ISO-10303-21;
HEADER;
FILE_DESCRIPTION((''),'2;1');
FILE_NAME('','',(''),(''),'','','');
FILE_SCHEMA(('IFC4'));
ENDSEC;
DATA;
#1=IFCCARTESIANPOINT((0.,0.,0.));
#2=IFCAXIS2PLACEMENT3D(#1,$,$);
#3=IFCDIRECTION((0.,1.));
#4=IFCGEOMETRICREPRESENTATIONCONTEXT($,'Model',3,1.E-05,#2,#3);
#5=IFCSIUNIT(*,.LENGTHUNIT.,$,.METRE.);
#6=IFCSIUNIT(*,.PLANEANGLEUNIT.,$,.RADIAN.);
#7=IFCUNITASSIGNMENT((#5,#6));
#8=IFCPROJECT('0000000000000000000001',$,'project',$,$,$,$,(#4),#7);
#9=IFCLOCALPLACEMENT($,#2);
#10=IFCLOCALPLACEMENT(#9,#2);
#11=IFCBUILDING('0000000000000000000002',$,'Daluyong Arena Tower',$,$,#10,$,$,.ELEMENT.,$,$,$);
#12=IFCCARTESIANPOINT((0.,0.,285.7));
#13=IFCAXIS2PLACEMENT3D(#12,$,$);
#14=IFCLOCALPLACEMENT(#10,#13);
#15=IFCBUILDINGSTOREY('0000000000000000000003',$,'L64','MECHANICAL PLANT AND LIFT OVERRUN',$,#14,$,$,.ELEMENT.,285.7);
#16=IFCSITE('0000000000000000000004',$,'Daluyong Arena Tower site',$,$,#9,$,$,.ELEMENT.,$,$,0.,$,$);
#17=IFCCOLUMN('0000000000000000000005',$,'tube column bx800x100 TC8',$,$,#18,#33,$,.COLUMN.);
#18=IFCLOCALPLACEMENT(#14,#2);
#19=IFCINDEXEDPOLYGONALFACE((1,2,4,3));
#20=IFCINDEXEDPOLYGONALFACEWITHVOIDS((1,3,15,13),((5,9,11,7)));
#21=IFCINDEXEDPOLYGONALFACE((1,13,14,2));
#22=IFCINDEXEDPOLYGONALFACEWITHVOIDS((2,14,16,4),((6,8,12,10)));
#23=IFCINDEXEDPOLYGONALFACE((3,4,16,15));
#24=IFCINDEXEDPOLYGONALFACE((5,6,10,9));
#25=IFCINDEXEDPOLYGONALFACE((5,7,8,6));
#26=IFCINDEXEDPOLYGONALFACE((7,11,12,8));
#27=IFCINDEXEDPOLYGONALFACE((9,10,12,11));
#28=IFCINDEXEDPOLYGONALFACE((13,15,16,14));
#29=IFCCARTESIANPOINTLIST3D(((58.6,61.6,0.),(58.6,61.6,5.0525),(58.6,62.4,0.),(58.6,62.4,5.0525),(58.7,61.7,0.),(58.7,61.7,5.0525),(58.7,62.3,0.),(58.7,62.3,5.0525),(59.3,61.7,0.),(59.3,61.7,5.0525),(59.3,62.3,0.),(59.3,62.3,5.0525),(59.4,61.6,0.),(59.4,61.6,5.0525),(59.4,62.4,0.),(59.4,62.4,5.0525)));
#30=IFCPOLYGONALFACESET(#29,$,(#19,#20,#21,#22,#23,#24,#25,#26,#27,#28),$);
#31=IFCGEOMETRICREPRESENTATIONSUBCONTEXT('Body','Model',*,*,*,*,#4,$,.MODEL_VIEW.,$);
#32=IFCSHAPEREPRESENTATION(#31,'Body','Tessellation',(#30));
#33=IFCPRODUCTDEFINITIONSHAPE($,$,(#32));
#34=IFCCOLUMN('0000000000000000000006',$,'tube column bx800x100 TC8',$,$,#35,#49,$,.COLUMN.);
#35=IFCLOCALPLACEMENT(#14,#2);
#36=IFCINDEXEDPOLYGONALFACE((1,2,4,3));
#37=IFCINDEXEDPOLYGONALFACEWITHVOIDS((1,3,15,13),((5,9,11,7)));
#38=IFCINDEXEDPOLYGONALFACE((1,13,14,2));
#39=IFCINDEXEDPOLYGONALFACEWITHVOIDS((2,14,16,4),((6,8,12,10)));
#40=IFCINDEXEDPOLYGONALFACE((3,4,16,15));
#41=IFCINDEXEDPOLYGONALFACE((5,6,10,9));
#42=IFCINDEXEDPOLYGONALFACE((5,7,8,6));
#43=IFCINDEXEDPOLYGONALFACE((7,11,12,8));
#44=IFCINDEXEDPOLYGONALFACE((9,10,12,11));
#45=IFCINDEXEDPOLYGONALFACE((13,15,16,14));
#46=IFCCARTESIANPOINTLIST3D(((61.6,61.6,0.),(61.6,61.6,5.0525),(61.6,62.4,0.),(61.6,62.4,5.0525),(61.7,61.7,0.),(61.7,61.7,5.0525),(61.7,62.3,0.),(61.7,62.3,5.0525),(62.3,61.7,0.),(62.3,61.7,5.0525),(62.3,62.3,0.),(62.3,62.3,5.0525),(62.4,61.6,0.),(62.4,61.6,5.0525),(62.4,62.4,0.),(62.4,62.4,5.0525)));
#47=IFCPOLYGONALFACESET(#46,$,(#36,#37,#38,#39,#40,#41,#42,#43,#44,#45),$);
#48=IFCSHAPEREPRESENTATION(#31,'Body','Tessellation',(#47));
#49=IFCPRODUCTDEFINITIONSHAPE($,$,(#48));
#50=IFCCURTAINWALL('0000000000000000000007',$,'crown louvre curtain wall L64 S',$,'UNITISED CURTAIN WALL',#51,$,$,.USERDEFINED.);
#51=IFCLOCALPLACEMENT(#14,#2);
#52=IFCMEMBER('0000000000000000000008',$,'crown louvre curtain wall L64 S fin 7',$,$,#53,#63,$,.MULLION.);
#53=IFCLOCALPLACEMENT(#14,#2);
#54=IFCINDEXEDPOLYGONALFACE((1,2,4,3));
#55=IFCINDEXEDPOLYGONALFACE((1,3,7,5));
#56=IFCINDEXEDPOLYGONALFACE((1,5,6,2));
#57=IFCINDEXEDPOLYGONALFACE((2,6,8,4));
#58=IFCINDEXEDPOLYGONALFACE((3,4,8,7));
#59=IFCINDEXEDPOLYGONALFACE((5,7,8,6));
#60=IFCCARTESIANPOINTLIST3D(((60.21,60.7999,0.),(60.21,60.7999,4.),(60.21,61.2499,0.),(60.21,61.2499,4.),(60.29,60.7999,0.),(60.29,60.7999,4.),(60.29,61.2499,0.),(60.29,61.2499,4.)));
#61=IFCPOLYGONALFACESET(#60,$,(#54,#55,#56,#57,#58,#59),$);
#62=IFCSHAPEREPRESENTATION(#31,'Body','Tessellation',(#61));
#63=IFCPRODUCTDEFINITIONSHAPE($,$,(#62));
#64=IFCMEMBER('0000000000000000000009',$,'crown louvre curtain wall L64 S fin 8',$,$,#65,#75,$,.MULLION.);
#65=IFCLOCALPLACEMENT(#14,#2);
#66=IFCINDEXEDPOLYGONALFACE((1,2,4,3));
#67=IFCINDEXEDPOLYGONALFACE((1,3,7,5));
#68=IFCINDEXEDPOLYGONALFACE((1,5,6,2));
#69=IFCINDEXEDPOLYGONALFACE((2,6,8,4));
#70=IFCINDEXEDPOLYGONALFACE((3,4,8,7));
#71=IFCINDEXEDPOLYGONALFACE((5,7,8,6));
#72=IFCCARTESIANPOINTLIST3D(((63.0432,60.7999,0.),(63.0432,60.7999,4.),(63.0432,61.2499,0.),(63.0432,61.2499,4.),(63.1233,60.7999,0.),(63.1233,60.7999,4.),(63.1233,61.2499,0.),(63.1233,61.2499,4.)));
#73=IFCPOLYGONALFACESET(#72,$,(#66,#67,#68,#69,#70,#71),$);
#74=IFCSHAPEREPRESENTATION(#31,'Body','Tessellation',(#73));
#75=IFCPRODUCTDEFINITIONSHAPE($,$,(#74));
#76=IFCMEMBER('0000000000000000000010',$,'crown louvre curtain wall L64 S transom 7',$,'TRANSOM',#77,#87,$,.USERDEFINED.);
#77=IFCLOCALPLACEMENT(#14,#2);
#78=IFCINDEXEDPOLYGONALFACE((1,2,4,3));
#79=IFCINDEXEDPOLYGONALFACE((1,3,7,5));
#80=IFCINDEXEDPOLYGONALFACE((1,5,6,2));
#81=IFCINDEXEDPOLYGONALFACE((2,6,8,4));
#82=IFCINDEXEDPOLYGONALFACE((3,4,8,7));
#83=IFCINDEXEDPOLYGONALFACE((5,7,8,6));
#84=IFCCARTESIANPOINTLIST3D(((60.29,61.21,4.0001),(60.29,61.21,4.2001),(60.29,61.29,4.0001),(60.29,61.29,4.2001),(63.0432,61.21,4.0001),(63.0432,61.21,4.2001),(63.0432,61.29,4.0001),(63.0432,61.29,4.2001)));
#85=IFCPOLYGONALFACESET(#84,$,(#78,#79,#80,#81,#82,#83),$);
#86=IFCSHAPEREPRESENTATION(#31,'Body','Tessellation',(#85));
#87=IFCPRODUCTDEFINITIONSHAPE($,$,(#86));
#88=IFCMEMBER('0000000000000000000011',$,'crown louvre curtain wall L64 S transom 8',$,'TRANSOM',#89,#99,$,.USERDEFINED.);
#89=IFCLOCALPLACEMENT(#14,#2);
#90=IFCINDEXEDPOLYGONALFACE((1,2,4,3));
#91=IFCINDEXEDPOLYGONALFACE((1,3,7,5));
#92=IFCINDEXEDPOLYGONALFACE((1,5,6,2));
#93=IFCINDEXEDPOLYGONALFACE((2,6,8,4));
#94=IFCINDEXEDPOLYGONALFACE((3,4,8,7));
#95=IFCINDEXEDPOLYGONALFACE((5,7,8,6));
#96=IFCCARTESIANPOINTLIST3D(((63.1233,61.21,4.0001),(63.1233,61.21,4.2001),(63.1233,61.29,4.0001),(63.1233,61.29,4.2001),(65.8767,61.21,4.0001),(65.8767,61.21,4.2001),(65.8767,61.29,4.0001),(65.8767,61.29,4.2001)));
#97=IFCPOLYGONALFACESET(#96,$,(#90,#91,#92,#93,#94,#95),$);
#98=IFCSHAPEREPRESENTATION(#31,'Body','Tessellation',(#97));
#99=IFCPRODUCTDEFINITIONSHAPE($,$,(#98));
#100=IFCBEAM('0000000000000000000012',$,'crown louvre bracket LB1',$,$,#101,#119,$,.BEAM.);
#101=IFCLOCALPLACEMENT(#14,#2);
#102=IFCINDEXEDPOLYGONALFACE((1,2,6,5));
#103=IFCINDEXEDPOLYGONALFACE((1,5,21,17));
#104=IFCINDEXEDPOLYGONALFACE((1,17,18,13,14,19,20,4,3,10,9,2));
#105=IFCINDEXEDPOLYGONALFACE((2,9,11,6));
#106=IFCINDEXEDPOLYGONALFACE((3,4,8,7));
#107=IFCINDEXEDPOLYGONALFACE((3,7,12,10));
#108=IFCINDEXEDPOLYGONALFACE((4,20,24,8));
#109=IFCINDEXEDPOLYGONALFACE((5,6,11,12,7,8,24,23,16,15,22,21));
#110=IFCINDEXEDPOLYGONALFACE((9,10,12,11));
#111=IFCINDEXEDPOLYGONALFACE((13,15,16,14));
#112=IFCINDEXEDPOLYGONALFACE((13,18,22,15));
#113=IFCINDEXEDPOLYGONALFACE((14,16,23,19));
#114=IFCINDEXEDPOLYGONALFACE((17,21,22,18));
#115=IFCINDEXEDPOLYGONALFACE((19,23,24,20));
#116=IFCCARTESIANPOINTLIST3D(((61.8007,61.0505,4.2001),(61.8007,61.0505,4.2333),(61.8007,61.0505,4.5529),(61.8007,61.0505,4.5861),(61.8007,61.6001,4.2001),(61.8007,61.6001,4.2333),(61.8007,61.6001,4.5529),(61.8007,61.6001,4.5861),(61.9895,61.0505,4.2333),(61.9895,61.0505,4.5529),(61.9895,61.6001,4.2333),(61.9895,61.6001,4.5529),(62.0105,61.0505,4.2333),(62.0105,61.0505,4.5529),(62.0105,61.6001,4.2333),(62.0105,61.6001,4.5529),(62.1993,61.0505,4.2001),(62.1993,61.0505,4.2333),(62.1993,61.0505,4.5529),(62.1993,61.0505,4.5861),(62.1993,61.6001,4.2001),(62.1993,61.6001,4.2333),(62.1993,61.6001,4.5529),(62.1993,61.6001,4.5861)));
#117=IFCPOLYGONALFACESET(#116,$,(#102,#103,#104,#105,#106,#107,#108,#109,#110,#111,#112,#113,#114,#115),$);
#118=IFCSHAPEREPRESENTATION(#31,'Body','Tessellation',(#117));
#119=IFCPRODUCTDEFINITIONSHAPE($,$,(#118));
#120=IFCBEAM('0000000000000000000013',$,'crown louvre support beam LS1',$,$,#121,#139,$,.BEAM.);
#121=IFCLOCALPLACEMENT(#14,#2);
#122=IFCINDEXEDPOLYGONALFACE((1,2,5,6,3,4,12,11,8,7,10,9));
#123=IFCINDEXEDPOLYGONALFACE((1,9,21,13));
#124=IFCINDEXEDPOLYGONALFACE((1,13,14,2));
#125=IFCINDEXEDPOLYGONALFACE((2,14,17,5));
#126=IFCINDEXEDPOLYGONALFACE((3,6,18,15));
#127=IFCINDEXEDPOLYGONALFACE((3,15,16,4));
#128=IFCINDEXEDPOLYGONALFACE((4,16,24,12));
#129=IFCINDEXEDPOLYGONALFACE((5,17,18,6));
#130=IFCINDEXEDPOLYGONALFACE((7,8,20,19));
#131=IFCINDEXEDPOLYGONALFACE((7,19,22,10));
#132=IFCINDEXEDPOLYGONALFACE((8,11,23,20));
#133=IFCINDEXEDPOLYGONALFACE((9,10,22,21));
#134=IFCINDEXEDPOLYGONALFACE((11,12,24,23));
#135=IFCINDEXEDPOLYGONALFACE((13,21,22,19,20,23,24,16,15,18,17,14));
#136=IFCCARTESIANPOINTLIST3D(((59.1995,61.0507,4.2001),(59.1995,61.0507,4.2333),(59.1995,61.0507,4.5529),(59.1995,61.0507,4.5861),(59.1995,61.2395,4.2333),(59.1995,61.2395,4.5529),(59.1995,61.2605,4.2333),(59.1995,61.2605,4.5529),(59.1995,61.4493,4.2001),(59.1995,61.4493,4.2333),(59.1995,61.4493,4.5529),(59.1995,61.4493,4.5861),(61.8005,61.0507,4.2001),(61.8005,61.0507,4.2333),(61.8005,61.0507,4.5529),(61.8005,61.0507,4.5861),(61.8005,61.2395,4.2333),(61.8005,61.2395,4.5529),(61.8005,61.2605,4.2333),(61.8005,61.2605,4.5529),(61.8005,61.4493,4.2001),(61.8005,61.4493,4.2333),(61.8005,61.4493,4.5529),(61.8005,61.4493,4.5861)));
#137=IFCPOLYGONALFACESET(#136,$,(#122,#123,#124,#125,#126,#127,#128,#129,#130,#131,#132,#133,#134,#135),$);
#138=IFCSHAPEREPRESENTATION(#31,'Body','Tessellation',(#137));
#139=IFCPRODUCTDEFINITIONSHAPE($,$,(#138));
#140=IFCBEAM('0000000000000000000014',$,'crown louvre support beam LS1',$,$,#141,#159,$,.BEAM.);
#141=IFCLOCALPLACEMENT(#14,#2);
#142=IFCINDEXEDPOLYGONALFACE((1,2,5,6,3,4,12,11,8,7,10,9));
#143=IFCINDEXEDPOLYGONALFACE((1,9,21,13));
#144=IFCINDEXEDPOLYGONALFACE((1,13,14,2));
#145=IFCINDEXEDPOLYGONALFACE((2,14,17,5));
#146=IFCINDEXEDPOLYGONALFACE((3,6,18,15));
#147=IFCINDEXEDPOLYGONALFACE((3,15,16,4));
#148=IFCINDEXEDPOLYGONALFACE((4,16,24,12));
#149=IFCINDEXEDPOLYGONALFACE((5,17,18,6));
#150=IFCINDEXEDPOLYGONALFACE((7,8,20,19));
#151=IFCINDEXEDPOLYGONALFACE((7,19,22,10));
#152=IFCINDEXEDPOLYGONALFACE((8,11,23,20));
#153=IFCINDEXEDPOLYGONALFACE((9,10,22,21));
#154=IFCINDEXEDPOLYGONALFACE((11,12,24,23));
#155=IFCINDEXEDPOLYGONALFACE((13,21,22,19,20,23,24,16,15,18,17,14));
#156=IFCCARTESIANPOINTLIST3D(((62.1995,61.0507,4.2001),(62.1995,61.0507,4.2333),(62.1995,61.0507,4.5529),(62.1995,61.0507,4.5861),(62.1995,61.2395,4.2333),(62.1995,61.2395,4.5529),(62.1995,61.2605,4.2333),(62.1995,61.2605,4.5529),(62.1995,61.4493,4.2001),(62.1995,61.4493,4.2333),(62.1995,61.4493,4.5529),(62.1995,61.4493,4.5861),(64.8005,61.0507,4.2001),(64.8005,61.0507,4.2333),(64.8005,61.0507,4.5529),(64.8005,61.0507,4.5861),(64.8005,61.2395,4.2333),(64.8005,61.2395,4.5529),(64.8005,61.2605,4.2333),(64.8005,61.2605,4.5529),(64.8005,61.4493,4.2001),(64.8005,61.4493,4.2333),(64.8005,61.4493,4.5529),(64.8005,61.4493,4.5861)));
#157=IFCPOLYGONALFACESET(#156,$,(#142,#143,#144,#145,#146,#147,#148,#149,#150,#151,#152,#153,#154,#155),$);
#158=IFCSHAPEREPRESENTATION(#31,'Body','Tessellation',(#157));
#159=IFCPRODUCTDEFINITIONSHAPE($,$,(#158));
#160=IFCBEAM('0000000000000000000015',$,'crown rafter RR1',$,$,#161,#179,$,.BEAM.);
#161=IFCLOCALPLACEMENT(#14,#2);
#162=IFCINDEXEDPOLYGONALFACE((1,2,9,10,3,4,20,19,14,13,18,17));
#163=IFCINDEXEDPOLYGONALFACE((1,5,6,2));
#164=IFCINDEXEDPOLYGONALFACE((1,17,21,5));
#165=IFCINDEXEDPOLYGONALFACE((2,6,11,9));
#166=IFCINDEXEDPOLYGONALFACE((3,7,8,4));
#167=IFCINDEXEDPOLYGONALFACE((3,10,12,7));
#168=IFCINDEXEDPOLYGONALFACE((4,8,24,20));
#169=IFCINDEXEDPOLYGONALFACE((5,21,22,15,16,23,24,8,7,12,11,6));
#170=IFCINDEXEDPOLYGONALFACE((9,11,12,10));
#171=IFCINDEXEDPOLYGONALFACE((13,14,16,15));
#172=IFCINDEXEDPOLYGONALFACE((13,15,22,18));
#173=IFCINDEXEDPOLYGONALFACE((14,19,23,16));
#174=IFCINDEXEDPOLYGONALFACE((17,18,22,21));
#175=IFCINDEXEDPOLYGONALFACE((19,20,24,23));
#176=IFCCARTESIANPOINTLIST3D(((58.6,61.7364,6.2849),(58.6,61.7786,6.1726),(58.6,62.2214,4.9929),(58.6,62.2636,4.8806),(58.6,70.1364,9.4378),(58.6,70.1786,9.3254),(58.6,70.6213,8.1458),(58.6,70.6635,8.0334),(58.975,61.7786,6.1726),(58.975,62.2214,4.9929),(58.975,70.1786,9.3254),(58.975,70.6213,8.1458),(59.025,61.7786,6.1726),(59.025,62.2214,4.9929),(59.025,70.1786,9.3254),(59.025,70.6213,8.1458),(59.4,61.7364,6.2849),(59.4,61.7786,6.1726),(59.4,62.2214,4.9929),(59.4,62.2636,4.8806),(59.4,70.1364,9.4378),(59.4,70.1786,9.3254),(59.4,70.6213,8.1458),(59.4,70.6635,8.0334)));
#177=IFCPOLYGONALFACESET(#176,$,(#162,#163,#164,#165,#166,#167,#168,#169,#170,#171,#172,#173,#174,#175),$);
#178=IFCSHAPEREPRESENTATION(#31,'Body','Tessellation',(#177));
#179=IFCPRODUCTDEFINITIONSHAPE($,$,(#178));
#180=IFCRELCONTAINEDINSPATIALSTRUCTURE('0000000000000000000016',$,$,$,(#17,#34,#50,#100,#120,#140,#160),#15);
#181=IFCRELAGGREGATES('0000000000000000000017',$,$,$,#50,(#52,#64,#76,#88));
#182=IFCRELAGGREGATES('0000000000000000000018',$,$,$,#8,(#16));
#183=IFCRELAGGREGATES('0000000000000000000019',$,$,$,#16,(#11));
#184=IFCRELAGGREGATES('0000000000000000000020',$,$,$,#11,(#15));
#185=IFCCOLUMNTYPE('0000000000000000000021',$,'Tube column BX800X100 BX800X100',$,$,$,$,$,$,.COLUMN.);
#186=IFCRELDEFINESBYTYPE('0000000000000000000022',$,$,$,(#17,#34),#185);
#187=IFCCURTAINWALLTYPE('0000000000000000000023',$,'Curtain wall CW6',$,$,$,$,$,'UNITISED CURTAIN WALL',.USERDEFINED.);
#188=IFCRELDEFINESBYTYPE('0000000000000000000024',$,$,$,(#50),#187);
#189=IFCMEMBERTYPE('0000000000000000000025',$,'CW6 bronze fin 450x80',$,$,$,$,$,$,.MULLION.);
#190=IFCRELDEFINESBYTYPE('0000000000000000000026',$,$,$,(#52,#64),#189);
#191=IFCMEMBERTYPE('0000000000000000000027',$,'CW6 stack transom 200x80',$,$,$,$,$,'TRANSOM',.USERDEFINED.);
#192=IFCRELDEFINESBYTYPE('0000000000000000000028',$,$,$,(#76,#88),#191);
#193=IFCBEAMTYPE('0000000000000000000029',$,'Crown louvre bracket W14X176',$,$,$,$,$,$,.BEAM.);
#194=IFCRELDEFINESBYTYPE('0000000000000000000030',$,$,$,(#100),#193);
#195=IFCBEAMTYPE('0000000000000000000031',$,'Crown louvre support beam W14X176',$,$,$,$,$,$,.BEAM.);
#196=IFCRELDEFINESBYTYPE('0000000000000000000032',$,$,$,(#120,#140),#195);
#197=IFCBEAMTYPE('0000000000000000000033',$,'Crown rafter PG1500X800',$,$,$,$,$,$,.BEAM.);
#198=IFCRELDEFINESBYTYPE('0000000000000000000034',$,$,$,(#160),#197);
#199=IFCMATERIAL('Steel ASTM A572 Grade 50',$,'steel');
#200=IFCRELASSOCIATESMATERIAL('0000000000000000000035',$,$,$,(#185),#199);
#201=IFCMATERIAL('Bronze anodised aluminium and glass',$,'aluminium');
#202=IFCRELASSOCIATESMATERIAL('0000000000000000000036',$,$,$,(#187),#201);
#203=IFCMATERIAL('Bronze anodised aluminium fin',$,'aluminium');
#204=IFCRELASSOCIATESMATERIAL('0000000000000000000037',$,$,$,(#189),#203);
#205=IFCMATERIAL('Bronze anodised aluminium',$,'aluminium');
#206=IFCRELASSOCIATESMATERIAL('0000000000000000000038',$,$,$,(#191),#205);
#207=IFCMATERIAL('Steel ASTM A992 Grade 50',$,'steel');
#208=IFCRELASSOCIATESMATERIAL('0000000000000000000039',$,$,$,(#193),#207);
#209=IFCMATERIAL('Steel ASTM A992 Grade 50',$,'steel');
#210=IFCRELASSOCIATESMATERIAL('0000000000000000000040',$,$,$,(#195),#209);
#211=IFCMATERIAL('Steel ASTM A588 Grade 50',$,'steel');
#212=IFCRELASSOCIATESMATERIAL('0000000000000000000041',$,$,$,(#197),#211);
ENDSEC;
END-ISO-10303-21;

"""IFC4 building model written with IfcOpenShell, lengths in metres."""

from ifc_helpers import new_model, si_unit, direction, frame, origin, origin_2d, place, context, subcontext, project, spatial, rectangle, hollow_rectangle, i_section, extrude, material, material_profile, profile_set, type_object, element, aggregate, save


model = new_model("IFC4")

# Units and contexts
model_context = context("Model", 3, precision=1e-05, world=origin(), true_north=direction((0.0, 1.0)))
body_context = subcontext(model_context, "Body", "Model", "MODEL_VIEW")
ifc_project = project(units=[si_unit("LENGTHUNIT", "METRE"), si_unit("PLANEANGLEUNIT", "RADIAN")], contexts=[model_context])

# Site, building, storey
site_placement = place(None, origin())
site = spatial("IfcSite", under=ifc_project, at=site_placement, Name="Daluyong Arena Tower site", CompositionType="ELEMENT", RefElevation=0.0)
building_placement = place(site_placement, origin())
building = spatial("IfcBuilding", under=site, at=building_placement, Name="Daluyong Arena Tower", CompositionType="ELEMENT")
storey_placement = place(building_placement, frame((0.0, 0.0, 285.7)))
storey = spatial("IfcBuildingStorey", under=building, at=storey_placement, Name="L64", Description="MECHANICAL PLANT AND LIFT OVERRUN", CompositionType="ELEMENT", Elevation=285.7)

# Columns
ifc_material_1 = material(Name="Steel ASTM A572 Grade 50", Category="steel")
ifc_material_profile_1 = material_profile(ifc_material_1, hollow_rectangle(XDim=0.8, YDim=0.8, WallThickness=0.1, at=origin_2d()))
ifc_profile_set_1 = profile_set([ifc_material_profile_1], Name="Steel ASTM A572 Grade 50")
column_type = type_object("IfcColumnType", Name="Tube column BX800X100 BX800X100", PredefinedType="COLUMN", material=ifc_profile_set_1)
for number, where, z_axis, x_axis, name in (
    (1, (59.0, 62.0, 0.0), (0.0, 0.0, 1.0), (1.0, 0.0, 0.0), "tube column bx800x100 TC8"),
    (2, (62.0, 62.0, 0.0), (0.0, 0.0, 1.0), (1.0, 0.0, 0.0), "tube column bx800x100 TC8"),
):
    element("IfcColumn", number, at=place(storey_placement, frame(where, z_axis=z_axis, x_axis=x_axis)), inside=storey, type_object=column_type, Name=name, PredefinedType="COLUMN", context=body_context, shape_type="SweptSolid", body=[
        extrude(hollow_rectangle(XDim=0.8, YDim=0.8, WallThickness=0.1, at=origin_2d()), origin(), (0.0, 0.0, 1.0), 5.0525),
    ])

# Curtain wall, members
ifc_material_2 = material(Name="Bronze anodised aluminium and glass", Category="aluminium")
curtain_wall_type = type_object("IfcCurtainWallType", Name="Curtain wall CW6", ElementType="UNITISED CURTAIN WALL", PredefinedType="USERDEFINED", material=ifc_material_2)
curtain_wall_placement = place(storey_placement, origin())
curtain_wall = element("IfcCurtainWall", 3, at=curtain_wall_placement, inside=storey, type_object=curtain_wall_type, Name="crown louvre curtain wall L64 S", ObjectType="UNITISED CURTAIN WALL", PredefinedType="USERDEFINED")
ifc_material_3 = material(Name="Bronze anodised aluminium fin", Category="aluminium")
ifc_material_profile_2 = material_profile(ifc_material_3, rectangle(XDim=0.45, YDim=0.0801, at=origin_2d()))
ifc_profile_set_2 = profile_set([ifc_material_profile_2], Name="Bronze anodised aluminium fin")
member_type_1 = type_object("IfcMemberType", Name="CW6 bronze fin 450x80", PredefinedType="MULLION", material=ifc_profile_set_2)
member_1_placement = place(storey_placement, frame((60.25, 61.0249, 0.0), z_axis=(0.0, 0.0, 1.0), x_axis=(0.0, 1.0, 0.0)))
member_1 = element("IfcMember", 4, at=member_1_placement, type_object=member_type_1, Name="crown louvre curtain wall L64 S fin 7", PredefinedType="MULLION", context=body_context, shape_type="SweptSolid", body=[
    extrude(rectangle(XDim=0.45, YDim=0.0801, at=origin_2d()), origin(), (0.0, 0.0, 1.0), 4.0),
])
member_2_placement = place(storey_placement, frame((63.0833, 61.0249, 0.0), z_axis=(0.0, 0.0, 1.0), x_axis=(0.0, 1.0, 0.0)))
member_2 = element("IfcMember", 5, at=member_2_placement, type_object=member_type_1, Name="crown louvre curtain wall L64 S fin 8", PredefinedType="MULLION", context=body_context, shape_type="SweptSolid", body=[
    extrude(rectangle(XDim=0.45, YDim=0.0801, at=origin_2d()), origin(), (0.0, 0.0, 1.0), 4.0),
])
ifc_material_4 = material(Name="Bronze anodised aluminium", Category="aluminium")
ifc_material_profile_3 = material_profile(ifc_material_4, rectangle(XDim=0.0801, YDim=0.2, at=origin_2d()))
ifc_profile_set_3 = profile_set([ifc_material_profile_3], Name="Bronze anodised aluminium")
member_type_2 = type_object("IfcMemberType", Name="CW6 stack transom 200x80", ElementType="TRANSOM", PredefinedType="USERDEFINED", material=ifc_profile_set_3)
member_3_placement = place(storey_placement, frame((60.29, 61.25, 4.1001), z_axis=(1.0, 0.0, 0.0), x_axis=(0.0, 1.0, 0.0)))
member_3 = element("IfcMember", 6, at=member_3_placement, type_object=member_type_2, Name="crown louvre curtain wall L64 S transom 7", ObjectType="TRANSOM", PredefinedType="USERDEFINED", context=body_context, shape_type="SweptSolid", body=[
    extrude(rectangle(XDim=0.0801, YDim=0.2, at=origin_2d()), origin(), (0.0, 0.0, 1.0), 2.7532),
])
member_4_placement = place(storey_placement, frame((63.1233, 61.25, 4.1001), z_axis=(1.0, 0.0, 0.0), x_axis=(0.0, 1.0, 0.0)))
member_4 = element("IfcMember", 7, at=member_4_placement, type_object=member_type_2, Name="crown louvre curtain wall L64 S transom 8", ObjectType="TRANSOM", PredefinedType="USERDEFINED", context=body_context, shape_type="SweptSolid", body=[
    extrude(rectangle(XDim=0.0801, YDim=0.2, at=origin_2d()), origin(), (0.0, 0.0, 1.0), 2.7534),
])

# Beams
ifc_material_5 = material(Name="Steel ASTM A992 Grade 50", Category="steel")
ifc_material_profile_4 = material_profile(ifc_material_5, i_section(OverallWidth=0.3987, OverallDepth=0.386, WebThickness=0.021, FlangeThickness=0.0332, at=origin_2d()))
ifc_profile_set_4 = profile_set([ifc_material_profile_4], Name="Steel ASTM A992 Grade 50")
beam_type_1 = type_object("IfcBeamType", Name="Crown louvre bracket W14X176", PredefinedType="BEAM", material=ifc_profile_set_4)
beam_placement = place(storey_placement, frame((62.0, 61.6001, 4.3931), z_axis=(0.0, -1.0, 0.0), x_axis=(1.0, 0.0, 0.0)))
element("IfcBeam", 8, at=beam_placement, inside=storey, type_object=beam_type_1, Name="crown louvre bracket LB1", PredefinedType="BEAM", context=body_context, shape_type="SweptSolid", body=[
    extrude(i_section(OverallWidth=0.3987, OverallDepth=0.386, WebThickness=0.021, FlangeThickness=0.0332, at=origin_2d()), origin(), (0.0, 0.0, 1.0), 0.5496),
])
ifc_material_6 = material(Name="Steel ASTM A992 Grade 50", Category="steel")
ifc_material_profile_5 = material_profile(ifc_material_6, i_section(OverallWidth=0.3987, OverallDepth=0.386, WebThickness=0.021, FlangeThickness=0.0332, at=origin_2d()))
ifc_profile_set_5 = profile_set([ifc_material_profile_5], Name="Steel ASTM A992 Grade 50")
beam_type_2 = type_object("IfcBeamType", Name="Crown louvre support beam W14X176", PredefinedType="BEAM", material=ifc_profile_set_5)
for number, where, z_axis, x_axis, name in (
    (9, (59.1995, 61.25, 4.3931), (1.0, 0.0, 0.0), (0.0, 1.0, 0.0), "crown louvre support beam LS1"),
    (10, (62.1995, 61.25, 4.3931), (1.0, 0.0, 0.0), (0.0, 1.0, 0.0), "crown louvre support beam LS1"),
):
    element("IfcBeam", number, at=place(storey_placement, frame(where, z_axis=z_axis, x_axis=x_axis)), inside=storey, type_object=beam_type_2, Name=name, PredefinedType="BEAM", context=body_context, shape_type="SweptSolid", body=[
        extrude(i_section(OverallWidth=0.3987, OverallDepth=0.386, WebThickness=0.021, FlangeThickness=0.0332, at=origin_2d()), origin(), (0.0, 0.0, 1.0), 2.6011),
    ])
ifc_material_7 = material(Name="Steel ASTM A588 Grade 50", Category="steel")
ifc_material_profile_6 = material_profile(ifc_material_7, i_section(OverallWidth=0.8, OverallDepth=1.5, WebThickness=0.05, FlangeThickness=0.12, at=origin_2d()))
ifc_profile_set_6 = profile_set([ifc_material_profile_6], Name="Steel ASTM A588 Grade 50")
beam_type_3 = type_object("IfcBeamType", Name="Crown rafter PG1500X800", PredefinedType="BEAM", material=ifc_profile_set_6)
for number, where, z_axis, x_axis, name in (
    (11, (59.0, 62.0, 5.5828), (0.0, 0.936224, 0.351404), (-1.0, 0.0, 0.0), "crown rafter RR1"),
):
    element("IfcBeam", number, at=place(storey_placement, frame(where, z_axis=z_axis, x_axis=x_axis)), inside=storey, type_object=beam_type_3, Name=name, PredefinedType="BEAM", context=body_context, shape_type="SweptSolid", body=[
        extrude(i_section(OverallWidth=0.8, OverallDepth=1.5, WebThickness=0.05, FlangeThickness=0.12, at=origin_2d()), origin(), (0.0, 0.0, 1.0), 8.9722),
    ])

aggregate(curtain_wall, [member_1, member_2, member_3, member_4])

save(model, "model.ifc")
